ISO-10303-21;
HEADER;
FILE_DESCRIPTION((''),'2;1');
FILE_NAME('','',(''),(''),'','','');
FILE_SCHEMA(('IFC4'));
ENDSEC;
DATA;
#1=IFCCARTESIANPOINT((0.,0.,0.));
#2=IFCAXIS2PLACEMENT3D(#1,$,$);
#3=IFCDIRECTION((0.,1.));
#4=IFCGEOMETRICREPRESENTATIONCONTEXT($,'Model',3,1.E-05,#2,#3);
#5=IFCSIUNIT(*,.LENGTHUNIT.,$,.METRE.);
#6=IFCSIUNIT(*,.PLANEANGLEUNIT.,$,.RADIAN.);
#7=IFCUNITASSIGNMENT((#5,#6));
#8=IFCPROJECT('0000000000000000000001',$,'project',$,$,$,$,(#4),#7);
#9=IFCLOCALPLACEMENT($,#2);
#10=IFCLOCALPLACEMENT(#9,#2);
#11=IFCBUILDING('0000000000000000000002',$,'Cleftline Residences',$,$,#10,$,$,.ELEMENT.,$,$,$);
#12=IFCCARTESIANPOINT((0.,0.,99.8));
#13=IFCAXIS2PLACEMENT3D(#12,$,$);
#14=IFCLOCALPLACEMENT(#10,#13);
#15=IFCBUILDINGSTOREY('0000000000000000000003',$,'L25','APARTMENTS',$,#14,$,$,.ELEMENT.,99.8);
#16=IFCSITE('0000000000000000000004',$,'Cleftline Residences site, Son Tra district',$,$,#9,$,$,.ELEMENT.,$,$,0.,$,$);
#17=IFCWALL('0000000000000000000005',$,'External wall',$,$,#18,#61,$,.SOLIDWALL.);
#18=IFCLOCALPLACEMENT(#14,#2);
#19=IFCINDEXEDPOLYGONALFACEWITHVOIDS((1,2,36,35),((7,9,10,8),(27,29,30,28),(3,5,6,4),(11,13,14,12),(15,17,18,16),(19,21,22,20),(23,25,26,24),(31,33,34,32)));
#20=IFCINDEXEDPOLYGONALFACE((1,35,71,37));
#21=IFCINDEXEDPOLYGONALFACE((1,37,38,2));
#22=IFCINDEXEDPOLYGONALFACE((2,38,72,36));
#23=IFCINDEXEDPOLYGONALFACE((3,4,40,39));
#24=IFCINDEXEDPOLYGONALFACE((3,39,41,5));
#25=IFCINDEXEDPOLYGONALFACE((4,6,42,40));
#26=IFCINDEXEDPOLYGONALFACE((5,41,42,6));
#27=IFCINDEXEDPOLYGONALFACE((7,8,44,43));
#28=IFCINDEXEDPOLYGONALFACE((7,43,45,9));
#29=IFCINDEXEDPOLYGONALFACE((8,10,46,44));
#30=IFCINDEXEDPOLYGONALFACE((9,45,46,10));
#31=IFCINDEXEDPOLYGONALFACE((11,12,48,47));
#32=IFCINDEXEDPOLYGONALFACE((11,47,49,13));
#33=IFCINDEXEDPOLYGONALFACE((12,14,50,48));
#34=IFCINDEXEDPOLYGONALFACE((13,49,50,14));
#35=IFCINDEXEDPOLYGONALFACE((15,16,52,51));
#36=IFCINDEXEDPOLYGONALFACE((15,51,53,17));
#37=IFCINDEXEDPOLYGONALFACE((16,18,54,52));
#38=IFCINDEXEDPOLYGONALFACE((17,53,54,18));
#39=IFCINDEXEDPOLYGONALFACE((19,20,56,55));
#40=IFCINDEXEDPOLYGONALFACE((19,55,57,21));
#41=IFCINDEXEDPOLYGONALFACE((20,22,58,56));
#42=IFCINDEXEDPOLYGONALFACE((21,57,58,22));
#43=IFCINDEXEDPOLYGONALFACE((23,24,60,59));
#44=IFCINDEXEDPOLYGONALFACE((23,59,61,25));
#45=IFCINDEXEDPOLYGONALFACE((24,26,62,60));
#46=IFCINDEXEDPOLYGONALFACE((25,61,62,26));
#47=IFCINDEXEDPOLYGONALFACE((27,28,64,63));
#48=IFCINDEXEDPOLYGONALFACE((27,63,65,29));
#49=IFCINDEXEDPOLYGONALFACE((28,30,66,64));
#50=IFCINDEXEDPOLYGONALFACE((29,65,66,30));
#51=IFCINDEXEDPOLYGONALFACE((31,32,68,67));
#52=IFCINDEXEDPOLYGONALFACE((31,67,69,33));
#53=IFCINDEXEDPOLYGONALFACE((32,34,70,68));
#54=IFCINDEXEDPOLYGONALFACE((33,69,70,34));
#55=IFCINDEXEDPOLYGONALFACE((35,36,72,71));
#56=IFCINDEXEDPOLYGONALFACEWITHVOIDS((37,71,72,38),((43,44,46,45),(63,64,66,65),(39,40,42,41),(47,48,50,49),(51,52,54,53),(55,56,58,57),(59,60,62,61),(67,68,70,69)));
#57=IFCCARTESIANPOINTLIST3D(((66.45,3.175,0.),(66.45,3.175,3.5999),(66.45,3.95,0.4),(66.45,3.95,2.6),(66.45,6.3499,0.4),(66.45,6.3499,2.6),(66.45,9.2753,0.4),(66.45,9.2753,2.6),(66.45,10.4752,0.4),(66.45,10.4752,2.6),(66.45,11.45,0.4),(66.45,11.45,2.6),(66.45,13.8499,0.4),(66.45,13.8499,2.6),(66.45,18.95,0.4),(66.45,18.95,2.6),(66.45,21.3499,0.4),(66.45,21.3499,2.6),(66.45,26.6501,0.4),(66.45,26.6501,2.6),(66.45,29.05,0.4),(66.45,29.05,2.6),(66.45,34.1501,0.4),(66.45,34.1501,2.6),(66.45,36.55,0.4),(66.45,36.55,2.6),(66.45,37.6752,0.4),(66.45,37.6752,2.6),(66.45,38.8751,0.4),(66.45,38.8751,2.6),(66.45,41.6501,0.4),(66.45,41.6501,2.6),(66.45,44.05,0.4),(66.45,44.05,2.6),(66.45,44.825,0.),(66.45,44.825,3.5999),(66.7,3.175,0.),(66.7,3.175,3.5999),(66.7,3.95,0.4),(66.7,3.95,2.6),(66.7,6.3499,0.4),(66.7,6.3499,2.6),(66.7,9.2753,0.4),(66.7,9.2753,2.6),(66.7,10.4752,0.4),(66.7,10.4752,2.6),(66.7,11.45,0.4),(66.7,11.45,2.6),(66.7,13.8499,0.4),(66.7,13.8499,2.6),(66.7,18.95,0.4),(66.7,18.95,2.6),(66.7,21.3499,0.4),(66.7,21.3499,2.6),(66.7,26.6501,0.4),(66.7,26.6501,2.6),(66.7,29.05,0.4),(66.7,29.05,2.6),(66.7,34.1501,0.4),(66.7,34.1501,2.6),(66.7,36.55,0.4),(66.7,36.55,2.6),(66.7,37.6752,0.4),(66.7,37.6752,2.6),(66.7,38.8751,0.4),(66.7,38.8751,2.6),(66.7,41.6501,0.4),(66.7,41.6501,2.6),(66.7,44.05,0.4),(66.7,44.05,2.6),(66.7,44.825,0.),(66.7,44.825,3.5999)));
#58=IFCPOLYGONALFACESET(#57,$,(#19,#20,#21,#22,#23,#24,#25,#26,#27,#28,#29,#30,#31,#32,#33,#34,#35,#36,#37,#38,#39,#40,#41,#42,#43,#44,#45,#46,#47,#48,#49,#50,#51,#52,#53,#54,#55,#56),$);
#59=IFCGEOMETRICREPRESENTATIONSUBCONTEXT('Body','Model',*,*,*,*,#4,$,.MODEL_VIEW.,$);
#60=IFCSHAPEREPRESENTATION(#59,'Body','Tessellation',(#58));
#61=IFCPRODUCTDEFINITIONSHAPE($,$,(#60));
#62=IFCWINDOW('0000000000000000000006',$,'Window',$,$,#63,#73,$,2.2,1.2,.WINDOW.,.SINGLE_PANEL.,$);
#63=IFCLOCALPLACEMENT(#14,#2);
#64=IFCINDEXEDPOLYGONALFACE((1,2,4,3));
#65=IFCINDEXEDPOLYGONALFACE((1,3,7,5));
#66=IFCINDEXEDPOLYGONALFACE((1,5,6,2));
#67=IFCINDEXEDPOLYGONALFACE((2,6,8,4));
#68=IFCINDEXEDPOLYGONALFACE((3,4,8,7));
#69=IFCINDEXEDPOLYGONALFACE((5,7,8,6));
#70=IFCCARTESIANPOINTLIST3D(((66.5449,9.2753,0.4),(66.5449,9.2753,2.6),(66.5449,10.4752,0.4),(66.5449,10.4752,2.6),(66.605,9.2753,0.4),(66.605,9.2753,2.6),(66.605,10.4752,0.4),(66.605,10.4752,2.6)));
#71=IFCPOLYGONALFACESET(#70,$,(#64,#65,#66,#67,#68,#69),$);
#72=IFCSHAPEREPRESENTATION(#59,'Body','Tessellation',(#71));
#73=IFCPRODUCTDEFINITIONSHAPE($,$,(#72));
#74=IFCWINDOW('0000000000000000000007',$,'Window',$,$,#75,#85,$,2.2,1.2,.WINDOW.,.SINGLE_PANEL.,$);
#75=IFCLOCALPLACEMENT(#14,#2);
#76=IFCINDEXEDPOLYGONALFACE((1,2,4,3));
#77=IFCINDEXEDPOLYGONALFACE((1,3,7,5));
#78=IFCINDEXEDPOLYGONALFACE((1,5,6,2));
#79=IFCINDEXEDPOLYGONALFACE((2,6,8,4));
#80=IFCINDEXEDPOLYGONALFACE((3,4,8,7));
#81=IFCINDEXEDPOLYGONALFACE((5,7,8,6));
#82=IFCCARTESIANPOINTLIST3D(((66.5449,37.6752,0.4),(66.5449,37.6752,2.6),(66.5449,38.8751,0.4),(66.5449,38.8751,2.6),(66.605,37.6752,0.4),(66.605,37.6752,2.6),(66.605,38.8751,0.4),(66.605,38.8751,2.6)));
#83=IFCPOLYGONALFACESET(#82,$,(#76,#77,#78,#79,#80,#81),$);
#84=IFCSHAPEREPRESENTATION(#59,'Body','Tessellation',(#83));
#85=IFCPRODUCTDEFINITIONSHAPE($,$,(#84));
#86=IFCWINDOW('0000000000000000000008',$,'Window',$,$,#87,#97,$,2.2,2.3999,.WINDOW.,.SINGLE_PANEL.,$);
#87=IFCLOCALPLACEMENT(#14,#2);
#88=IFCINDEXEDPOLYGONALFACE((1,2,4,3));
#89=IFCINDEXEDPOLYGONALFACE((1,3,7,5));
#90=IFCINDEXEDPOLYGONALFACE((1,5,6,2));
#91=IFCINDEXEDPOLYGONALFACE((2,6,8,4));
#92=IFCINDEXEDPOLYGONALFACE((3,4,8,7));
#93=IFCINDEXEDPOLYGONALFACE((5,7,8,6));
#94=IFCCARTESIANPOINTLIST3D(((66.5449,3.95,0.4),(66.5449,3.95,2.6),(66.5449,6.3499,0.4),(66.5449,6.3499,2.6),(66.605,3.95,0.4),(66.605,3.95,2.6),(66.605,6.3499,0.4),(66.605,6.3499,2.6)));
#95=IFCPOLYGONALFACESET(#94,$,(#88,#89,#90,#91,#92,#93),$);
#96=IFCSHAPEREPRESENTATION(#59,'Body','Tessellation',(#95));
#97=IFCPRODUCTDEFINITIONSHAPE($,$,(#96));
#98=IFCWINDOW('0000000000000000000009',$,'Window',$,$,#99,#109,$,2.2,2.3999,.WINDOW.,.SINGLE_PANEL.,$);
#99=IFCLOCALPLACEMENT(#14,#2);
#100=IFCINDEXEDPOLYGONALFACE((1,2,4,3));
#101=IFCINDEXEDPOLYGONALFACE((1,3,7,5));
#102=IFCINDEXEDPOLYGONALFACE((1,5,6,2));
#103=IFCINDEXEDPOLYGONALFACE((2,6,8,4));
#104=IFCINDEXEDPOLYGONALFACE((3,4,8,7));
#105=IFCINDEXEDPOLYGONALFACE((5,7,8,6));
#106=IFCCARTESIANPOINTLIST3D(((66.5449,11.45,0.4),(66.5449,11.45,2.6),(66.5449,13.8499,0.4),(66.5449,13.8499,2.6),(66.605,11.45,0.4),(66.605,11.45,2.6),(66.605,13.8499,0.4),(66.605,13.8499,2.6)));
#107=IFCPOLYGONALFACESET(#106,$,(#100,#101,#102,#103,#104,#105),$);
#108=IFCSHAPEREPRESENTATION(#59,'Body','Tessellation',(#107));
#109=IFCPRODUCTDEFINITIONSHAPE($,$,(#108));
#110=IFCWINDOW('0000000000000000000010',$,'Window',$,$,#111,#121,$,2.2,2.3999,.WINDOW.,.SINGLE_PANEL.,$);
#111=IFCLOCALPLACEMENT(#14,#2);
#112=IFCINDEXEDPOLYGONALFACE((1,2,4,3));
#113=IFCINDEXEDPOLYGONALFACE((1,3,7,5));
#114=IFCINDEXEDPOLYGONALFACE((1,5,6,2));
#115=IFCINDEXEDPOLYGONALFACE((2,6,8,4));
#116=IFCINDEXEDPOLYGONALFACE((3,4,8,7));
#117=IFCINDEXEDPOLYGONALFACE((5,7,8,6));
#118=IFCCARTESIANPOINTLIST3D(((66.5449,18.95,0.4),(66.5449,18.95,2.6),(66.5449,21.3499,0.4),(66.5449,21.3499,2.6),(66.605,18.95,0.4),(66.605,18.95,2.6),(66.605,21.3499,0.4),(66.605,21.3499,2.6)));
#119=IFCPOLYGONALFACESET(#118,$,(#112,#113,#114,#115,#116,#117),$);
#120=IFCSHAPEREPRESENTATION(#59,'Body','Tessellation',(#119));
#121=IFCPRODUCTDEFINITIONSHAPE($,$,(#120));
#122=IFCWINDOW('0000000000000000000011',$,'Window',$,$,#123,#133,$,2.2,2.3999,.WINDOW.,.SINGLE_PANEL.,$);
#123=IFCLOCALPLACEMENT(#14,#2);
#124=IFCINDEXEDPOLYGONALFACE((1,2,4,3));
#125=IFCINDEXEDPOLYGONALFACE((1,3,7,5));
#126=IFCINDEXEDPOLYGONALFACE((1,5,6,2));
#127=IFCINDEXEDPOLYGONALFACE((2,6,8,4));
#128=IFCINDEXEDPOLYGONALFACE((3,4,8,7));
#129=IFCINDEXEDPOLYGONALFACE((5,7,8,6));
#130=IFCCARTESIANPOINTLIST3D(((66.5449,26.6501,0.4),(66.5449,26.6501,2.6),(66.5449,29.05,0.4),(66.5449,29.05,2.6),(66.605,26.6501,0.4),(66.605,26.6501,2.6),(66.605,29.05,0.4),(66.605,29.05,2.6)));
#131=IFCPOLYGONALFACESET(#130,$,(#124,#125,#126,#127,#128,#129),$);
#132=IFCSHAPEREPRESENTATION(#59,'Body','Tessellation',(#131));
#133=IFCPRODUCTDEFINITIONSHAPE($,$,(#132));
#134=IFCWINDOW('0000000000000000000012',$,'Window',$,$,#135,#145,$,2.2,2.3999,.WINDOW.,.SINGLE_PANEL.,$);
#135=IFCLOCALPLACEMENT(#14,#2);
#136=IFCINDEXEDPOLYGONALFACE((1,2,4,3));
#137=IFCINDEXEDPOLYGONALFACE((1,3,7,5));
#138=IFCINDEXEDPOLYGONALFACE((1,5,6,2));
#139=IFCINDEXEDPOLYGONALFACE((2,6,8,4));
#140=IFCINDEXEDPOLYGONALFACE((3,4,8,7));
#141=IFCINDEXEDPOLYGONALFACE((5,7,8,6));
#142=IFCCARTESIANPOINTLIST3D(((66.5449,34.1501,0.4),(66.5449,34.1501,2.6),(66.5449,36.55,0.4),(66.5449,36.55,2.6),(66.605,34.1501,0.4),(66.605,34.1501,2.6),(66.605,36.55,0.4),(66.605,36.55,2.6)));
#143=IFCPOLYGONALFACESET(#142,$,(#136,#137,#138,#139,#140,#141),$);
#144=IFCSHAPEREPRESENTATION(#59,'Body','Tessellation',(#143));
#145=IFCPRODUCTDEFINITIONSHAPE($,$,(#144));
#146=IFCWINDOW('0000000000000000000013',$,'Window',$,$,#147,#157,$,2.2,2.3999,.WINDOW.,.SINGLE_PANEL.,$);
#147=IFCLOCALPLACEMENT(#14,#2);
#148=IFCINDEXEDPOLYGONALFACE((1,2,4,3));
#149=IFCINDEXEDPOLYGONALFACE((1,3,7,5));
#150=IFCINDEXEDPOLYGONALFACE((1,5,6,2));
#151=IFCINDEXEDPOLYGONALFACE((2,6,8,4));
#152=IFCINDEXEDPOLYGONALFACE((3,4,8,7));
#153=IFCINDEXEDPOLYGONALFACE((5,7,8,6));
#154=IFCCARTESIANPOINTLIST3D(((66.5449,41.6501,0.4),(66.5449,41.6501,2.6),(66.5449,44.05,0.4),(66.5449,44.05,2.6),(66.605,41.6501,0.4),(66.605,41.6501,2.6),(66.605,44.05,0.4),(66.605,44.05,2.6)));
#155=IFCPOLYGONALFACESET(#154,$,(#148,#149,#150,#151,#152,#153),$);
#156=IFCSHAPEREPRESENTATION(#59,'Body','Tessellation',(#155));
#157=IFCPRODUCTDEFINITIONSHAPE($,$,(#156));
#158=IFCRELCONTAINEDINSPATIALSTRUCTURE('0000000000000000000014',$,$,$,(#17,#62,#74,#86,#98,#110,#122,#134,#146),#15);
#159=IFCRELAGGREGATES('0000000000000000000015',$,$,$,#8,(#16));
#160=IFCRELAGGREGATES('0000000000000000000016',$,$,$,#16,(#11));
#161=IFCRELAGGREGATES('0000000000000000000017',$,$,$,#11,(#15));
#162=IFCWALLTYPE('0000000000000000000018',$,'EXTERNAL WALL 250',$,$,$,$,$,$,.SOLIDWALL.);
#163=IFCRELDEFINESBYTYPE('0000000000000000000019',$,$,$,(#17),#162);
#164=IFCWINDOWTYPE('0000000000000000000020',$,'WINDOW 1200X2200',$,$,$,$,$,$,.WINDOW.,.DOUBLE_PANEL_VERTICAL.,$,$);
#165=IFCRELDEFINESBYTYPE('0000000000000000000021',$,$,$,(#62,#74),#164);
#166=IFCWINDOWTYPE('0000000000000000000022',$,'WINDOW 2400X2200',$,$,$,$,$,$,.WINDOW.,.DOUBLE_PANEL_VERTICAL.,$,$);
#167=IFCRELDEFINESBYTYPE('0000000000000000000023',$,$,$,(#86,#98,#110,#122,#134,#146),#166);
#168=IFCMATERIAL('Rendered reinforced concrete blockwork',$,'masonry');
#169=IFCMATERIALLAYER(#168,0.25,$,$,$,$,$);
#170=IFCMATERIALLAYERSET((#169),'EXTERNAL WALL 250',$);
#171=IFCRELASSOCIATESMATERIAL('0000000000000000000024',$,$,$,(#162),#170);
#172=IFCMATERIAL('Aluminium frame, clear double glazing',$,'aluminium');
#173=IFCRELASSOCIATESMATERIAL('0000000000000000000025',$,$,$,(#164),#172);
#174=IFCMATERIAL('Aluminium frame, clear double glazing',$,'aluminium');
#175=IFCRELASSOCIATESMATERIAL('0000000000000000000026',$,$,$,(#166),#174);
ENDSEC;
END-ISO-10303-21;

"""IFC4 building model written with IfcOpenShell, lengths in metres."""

from ifc_helpers import new_model, si_unit, direction, frame, frame_2d, origin, place, context, subcontext, project, spatial, rectangle, extrude, material, layer, layer_set, type_object, element, fill, save


model = new_model("IFC4")

# Units and contexts
model_context = context("Model", 3, precision=1e-05, world=origin(), true_north=direction((0.0, 1.0)))
body_context = subcontext(model_context, "Body", "Model", "MODEL_VIEW")
ifc_project = project(units=[si_unit("LENGTHUNIT", "METRE"), si_unit("PLANEANGLEUNIT", "RADIAN")], contexts=[model_context])

# Site, building, storey
site_placement = place(None, origin())
site = spatial("IfcSite", under=ifc_project, at=site_placement, Name="Cleftline Residences site, Son Tra district", CompositionType="ELEMENT", RefElevation=0.0)
building_placement = place(site_placement, origin())
building = spatial("IfcBuilding", under=site, at=building_placement, Name="Cleftline Residences", CompositionType="ELEMENT")
storey_placement = place(building_placement, frame((0.0, 0.0, 99.8)))
storey = spatial("IfcBuildingStorey", under=building, at=storey_placement, Name="L25", Description="APARTMENTS", CompositionType="ELEMENT", Elevation=99.8)

# Wall, openings, windows
ifc_material_1 = material(Name="Rendered reinforced concrete blockwork", Category="masonry")
ifc_layer_1 = layer(ifc_material_1, 0.25)
ifc_layer_set_1 = layer_set([ifc_layer_1], Name="EXTERNAL WALL 250")
wall_type = type_object("IfcWallType", Name="EXTERNAL WALL 250", PredefinedType="SOLIDWALL", material=ifc_layer_set_1)
wall_placement = place(storey_placement, frame((66.575, 3.175, 0.0), z_axis=(0.0, 0.0, 1.0), x_axis=(0.0, 1.0, 0.0)))
wall = element("IfcWall", 1, at=wall_placement, inside=storey, type_object=wall_type, Name="External wall", PredefinedType="SOLIDWALL", context=body_context, shape_type="SweptSolid", body=[
    extrude(rectangle(XDim=41.6499, YDim=0.25, at=frame_2d((20.825, 0.0))), origin(), (0.0, 0.0, 1.0), 3.5999),
])
opening_1_placement = place(wall_placement, frame((0.7749, 0.0, 0.3999)))
opening_1 = element("IfcOpeningElement", 2, at=opening_1_placement, cuts=wall, PredefinedType="OPENING", context=body_context, shape_type="SweptSolid", body=[
    extrude(rectangle(XDim=2.3999, YDim=2.2, at=frame_2d((1.2, 1.1001))), frame((0.0, 0.135, 0.0), z_axis=(0.0, -1.0, 0.0), x_axis=(1.0, 0.0, 0.0)), (0.0, 0.0, 1.0), 0.27),
])
opening_2_placement = place(wall_placement, frame((6.1001, 0.0, 0.3999)))
opening_2 = element("IfcOpeningElement", 3, at=opening_2_placement, cuts=wall, PredefinedType="OPENING", context=body_context, shape_type="SweptSolid", body=[
    extrude(rectangle(XDim=1.2, YDim=2.2, at=frame_2d((0.6001, 1.1001))), frame((0.0, 0.135, 0.0), z_axis=(0.0, -1.0, 0.0), x_axis=(1.0, 0.0, 0.0)), (0.0, 0.0, 1.0), 0.27),
])
opening_3_placement = place(wall_placement, frame((8.2749, 0.0, 0.3999)))
opening_3 = element("IfcOpeningElement", 4, at=opening_3_placement, cuts=wall, PredefinedType="OPENING", context=body_context, shape_type="SweptSolid", body=[
    extrude(rectangle(XDim=2.3999, YDim=2.2, at=frame_2d((1.2, 1.1001))), frame((0.0, 0.135, 0.0), z_axis=(0.0, -1.0, 0.0), x_axis=(1.0, 0.0, 0.0)), (0.0, 0.0, 1.0), 0.27),
])
opening_4_placement = place(wall_placement, frame((15.7749, 0.0, 0.3999)))
opening_4 = element("IfcOpeningElement", 5, at=opening_4_placement, cuts=wall, PredefinedType="OPENING", context=body_context, shape_type="SweptSolid", body=[
    extrude(rectangle(XDim=2.3999, YDim=2.2, at=frame_2d((1.2, 1.1001))), frame((0.0, 0.135, 0.0), z_axis=(0.0, -1.0, 0.0), x_axis=(1.0, 0.0, 0.0)), (0.0, 0.0, 1.0), 0.27),
])
opening_5_placement = place(wall_placement, frame((23.4751, 0.0, 0.3999)))
opening_5 = element("IfcOpeningElement", 6, at=opening_5_placement, cuts=wall, PredefinedType="OPENING", context=body_context, shape_type="SweptSolid", body=[
    extrude(rectangle(XDim=2.3999, YDim=2.2, at=frame_2d((1.2, 1.1001))), frame((0.0, 0.135, 0.0), z_axis=(0.0, -1.0, 0.0), x_axis=(1.0, 0.0, 0.0)), (0.0, 0.0, 1.0), 0.27),
])
opening_6_placement = place(wall_placement, frame((30.9751, 0.0, 0.3999)))
opening_6 = element("IfcOpeningElement", 7, at=opening_6_placement, cuts=wall, PredefinedType="OPENING", context=body_context, shape_type="SweptSolid", body=[
    extrude(rectangle(XDim=2.3999, YDim=2.2, at=frame_2d((1.2, 1.1001))), frame((0.0, 0.135, 0.0), z_axis=(0.0, -1.0, 0.0), x_axis=(1.0, 0.0, 0.0)), (0.0, 0.0, 1.0), 0.27),
])
opening_7_placement = place(wall_placement, frame((34.5, 0.0, 0.3999)))
opening_7 = element("IfcOpeningElement", 8, at=opening_7_placement, cuts=wall, PredefinedType="OPENING", context=body_context, shape_type="SweptSolid", body=[
    extrude(rectangle(XDim=1.2, YDim=2.2, at=frame_2d((0.6001, 1.1001))), frame((0.0, 0.135, 0.0), z_axis=(0.0, -1.0, 0.0), x_axis=(1.0, 0.0, 0.0)), (0.0, 0.0, 1.0), 0.27),
])
opening_8_placement = place(wall_placement, frame((38.4751, 0.0, 0.3999)))
opening_8 = element("IfcOpeningElement", 9, at=opening_8_placement, cuts=wall, PredefinedType="OPENING", context=body_context, shape_type="SweptSolid", body=[
    extrude(rectangle(XDim=2.3999, YDim=2.2, at=frame_2d((1.2, 1.1001))), frame((0.0, 0.135, 0.0), z_axis=(0.0, -1.0, 0.0), x_axis=(1.0, 0.0, 0.0)), (0.0, 0.0, 1.0), 0.27),
])
ifc_material_2 = material(Name="Aluminium frame, clear double glazing", Category="aluminium")
window_type_1 = type_object("IfcWindowType", Name="WINDOW 1200X2200", PartitioningType="DOUBLE_PANEL_VERTICAL", PredefinedType="WINDOW", material=ifc_material_2)
window_1_placement = place(opening_2_placement, origin())
window_1 = element("IfcWindow", 10, at=window_1_placement, inside=storey, type_object=window_type_1, Name="Window", OverallHeight=2.2, OverallWidth=1.2, PartitioningType="SINGLE_PANEL", PredefinedType="WINDOW", context=body_context, shape_type="SweptSolid", body=[
    extrude(rectangle(XDim=1.2, YDim=2.2, at=frame_2d((0.6001, 1.1001))), frame((0.0, 0.03, 0.0), z_axis=(0.0, -1.0, 0.0), x_axis=(1.0, 0.0, 0.0)), (0.0, 0.0, 1.0), 0.0601),
])
fill(opening_2, window_1)
window_2_placement = place(opening_7_placement, origin())
window_2 = element("IfcWindow", 11, at=window_2_placement, inside=storey, type_object=window_type_1, Name="Window", OverallHeight=2.2, OverallWidth=1.2, PartitioningType="SINGLE_PANEL", PredefinedType="WINDOW", context=body_context, shape_type="SweptSolid", body=[
    extrude(rectangle(XDim=1.2, YDim=2.2, at=frame_2d((0.6001, 1.1001))), frame((0.0, 0.03, 0.0), z_axis=(0.0, -1.0, 0.0), x_axis=(1.0, 0.0, 0.0)), (0.0, 0.0, 1.0), 0.0601),
])
fill(opening_7, window_2)
ifc_material_3 = material(Name="Aluminium frame, clear double glazing", Category="aluminium")
window_type_2 = type_object("IfcWindowType", Name="WINDOW 2400X2200", PartitioningType="DOUBLE_PANEL_VERTICAL", PredefinedType="WINDOW", material=ifc_material_3)
window_3_placement = place(opening_1_placement, origin())
window_3 = element("IfcWindow", 12, at=window_3_placement, inside=storey, type_object=window_type_2, Name="Window", OverallHeight=2.2, OverallWidth=2.3999, PartitioningType="SINGLE_PANEL", PredefinedType="WINDOW", context=body_context, shape_type="SweptSolid", body=[
    extrude(rectangle(XDim=2.3999, YDim=2.2, at=frame_2d((1.2, 1.1001))), frame((0.0, 0.03, 0.0), z_axis=(0.0, -1.0, 0.0), x_axis=(1.0, 0.0, 0.0)), (0.0, 0.0, 1.0), 0.0601),
])
fill(opening_1, window_3)
window_4_placement = place(opening_3_placement, origin())
window_4 = element("IfcWindow", 13, at=window_4_placement, inside=storey, type_object=window_type_2, Name="Window", OverallHeight=2.2, OverallWidth=2.3999, PartitioningType="SINGLE_PANEL", PredefinedType="WINDOW", context=body_context, shape_type="SweptSolid", body=[
    extrude(rectangle(XDim=2.3999, YDim=2.2, at=frame_2d((1.2, 1.1001))), frame((0.0, 0.03, 0.0), z_axis=(0.0, -1.0, 0.0), x_axis=(1.0, 0.0, 0.0)), (0.0, 0.0, 1.0), 0.0601),
])
fill(opening_3, window_4)
window_5_placement = place(opening_4_placement, origin())
window_5 = element("IfcWindow", 14, at=window_5_placement, inside=storey, type_object=window_type_2, Name="Window", OverallHeight=2.2, OverallWidth=2.3999, PartitioningType="SINGLE_PANEL", PredefinedType="WINDOW", context=body_context, shape_type="SweptSolid", body=[
    extrude(rectangle(XDim=2.3999, YDim=2.2, at=frame_2d((1.2, 1.1001))), frame((0.0, 0.03, 0.0), z_axis=(0.0, -1.0, 0.0), x_axis=(1.0, 0.0, 0.0)), (0.0, 0.0, 1.0), 0.0601),
])
fill(opening_4, window_5)
window_6_placement = place(opening_5_placement, origin())
window_6 = element("IfcWindow", 15, at=window_6_placement, inside=storey, type_object=window_type_2, Name="Window", OverallHeight=2.2, OverallWidth=2.3999, PartitioningType="SINGLE_PANEL", PredefinedType="WINDOW", context=body_context, shape_type="SweptSolid", body=[
    extrude(rectangle(XDim=2.3999, YDim=2.2, at=frame_2d((1.2, 1.1001))), frame((0.0, 0.03, 0.0), z_axis=(0.0, -1.0, 0.0), x_axis=(1.0, 0.0, 0.0)), (0.0, 0.0, 1.0), 0.0601),
])
fill(opening_5, window_6)
window_7_placement = place(opening_6_placement, origin())
window_7 = element("IfcWindow", 16, at=window_7_placement, inside=storey, type_object=window_type_2, Name="Window", OverallHeight=2.2, OverallWidth=2.3999, PartitioningType="SINGLE_PANEL", PredefinedType="WINDOW", context=body_context, shape_type="SweptSolid", body=[
    extrude(rectangle(XDim=2.3999, YDim=2.2, at=frame_2d((1.2, 1.1001))), frame((0.0, 0.03, 0.0), z_axis=(0.0, -1.0, 0.0), x_axis=(1.0, 0.0, 0.0)), (0.0, 0.0, 1.0), 0.0601),
])
fill(opening_6, window_7)
window_8_placement = place(opening_8_placement, origin())
window_8 = element("IfcWindow", 17, at=window_8_placement, inside=storey, type_object=window_type_2, Name="Window", OverallHeight=2.2, OverallWidth=2.3999, PartitioningType="SINGLE_PANEL", PredefinedType="WINDOW", context=body_context, shape_type="SweptSolid", body=[
    extrude(rectangle(XDim=2.3999, YDim=2.2, at=frame_2d((1.2, 1.1001))), frame((0.0, 0.03, 0.0), z_axis=(0.0, -1.0, 0.0), x_axis=(1.0, 0.0, 0.0)), (0.0, 0.0, 1.0), 0.0601),
])
fill(opening_8, window_8)

save(model, "model.ifc")
